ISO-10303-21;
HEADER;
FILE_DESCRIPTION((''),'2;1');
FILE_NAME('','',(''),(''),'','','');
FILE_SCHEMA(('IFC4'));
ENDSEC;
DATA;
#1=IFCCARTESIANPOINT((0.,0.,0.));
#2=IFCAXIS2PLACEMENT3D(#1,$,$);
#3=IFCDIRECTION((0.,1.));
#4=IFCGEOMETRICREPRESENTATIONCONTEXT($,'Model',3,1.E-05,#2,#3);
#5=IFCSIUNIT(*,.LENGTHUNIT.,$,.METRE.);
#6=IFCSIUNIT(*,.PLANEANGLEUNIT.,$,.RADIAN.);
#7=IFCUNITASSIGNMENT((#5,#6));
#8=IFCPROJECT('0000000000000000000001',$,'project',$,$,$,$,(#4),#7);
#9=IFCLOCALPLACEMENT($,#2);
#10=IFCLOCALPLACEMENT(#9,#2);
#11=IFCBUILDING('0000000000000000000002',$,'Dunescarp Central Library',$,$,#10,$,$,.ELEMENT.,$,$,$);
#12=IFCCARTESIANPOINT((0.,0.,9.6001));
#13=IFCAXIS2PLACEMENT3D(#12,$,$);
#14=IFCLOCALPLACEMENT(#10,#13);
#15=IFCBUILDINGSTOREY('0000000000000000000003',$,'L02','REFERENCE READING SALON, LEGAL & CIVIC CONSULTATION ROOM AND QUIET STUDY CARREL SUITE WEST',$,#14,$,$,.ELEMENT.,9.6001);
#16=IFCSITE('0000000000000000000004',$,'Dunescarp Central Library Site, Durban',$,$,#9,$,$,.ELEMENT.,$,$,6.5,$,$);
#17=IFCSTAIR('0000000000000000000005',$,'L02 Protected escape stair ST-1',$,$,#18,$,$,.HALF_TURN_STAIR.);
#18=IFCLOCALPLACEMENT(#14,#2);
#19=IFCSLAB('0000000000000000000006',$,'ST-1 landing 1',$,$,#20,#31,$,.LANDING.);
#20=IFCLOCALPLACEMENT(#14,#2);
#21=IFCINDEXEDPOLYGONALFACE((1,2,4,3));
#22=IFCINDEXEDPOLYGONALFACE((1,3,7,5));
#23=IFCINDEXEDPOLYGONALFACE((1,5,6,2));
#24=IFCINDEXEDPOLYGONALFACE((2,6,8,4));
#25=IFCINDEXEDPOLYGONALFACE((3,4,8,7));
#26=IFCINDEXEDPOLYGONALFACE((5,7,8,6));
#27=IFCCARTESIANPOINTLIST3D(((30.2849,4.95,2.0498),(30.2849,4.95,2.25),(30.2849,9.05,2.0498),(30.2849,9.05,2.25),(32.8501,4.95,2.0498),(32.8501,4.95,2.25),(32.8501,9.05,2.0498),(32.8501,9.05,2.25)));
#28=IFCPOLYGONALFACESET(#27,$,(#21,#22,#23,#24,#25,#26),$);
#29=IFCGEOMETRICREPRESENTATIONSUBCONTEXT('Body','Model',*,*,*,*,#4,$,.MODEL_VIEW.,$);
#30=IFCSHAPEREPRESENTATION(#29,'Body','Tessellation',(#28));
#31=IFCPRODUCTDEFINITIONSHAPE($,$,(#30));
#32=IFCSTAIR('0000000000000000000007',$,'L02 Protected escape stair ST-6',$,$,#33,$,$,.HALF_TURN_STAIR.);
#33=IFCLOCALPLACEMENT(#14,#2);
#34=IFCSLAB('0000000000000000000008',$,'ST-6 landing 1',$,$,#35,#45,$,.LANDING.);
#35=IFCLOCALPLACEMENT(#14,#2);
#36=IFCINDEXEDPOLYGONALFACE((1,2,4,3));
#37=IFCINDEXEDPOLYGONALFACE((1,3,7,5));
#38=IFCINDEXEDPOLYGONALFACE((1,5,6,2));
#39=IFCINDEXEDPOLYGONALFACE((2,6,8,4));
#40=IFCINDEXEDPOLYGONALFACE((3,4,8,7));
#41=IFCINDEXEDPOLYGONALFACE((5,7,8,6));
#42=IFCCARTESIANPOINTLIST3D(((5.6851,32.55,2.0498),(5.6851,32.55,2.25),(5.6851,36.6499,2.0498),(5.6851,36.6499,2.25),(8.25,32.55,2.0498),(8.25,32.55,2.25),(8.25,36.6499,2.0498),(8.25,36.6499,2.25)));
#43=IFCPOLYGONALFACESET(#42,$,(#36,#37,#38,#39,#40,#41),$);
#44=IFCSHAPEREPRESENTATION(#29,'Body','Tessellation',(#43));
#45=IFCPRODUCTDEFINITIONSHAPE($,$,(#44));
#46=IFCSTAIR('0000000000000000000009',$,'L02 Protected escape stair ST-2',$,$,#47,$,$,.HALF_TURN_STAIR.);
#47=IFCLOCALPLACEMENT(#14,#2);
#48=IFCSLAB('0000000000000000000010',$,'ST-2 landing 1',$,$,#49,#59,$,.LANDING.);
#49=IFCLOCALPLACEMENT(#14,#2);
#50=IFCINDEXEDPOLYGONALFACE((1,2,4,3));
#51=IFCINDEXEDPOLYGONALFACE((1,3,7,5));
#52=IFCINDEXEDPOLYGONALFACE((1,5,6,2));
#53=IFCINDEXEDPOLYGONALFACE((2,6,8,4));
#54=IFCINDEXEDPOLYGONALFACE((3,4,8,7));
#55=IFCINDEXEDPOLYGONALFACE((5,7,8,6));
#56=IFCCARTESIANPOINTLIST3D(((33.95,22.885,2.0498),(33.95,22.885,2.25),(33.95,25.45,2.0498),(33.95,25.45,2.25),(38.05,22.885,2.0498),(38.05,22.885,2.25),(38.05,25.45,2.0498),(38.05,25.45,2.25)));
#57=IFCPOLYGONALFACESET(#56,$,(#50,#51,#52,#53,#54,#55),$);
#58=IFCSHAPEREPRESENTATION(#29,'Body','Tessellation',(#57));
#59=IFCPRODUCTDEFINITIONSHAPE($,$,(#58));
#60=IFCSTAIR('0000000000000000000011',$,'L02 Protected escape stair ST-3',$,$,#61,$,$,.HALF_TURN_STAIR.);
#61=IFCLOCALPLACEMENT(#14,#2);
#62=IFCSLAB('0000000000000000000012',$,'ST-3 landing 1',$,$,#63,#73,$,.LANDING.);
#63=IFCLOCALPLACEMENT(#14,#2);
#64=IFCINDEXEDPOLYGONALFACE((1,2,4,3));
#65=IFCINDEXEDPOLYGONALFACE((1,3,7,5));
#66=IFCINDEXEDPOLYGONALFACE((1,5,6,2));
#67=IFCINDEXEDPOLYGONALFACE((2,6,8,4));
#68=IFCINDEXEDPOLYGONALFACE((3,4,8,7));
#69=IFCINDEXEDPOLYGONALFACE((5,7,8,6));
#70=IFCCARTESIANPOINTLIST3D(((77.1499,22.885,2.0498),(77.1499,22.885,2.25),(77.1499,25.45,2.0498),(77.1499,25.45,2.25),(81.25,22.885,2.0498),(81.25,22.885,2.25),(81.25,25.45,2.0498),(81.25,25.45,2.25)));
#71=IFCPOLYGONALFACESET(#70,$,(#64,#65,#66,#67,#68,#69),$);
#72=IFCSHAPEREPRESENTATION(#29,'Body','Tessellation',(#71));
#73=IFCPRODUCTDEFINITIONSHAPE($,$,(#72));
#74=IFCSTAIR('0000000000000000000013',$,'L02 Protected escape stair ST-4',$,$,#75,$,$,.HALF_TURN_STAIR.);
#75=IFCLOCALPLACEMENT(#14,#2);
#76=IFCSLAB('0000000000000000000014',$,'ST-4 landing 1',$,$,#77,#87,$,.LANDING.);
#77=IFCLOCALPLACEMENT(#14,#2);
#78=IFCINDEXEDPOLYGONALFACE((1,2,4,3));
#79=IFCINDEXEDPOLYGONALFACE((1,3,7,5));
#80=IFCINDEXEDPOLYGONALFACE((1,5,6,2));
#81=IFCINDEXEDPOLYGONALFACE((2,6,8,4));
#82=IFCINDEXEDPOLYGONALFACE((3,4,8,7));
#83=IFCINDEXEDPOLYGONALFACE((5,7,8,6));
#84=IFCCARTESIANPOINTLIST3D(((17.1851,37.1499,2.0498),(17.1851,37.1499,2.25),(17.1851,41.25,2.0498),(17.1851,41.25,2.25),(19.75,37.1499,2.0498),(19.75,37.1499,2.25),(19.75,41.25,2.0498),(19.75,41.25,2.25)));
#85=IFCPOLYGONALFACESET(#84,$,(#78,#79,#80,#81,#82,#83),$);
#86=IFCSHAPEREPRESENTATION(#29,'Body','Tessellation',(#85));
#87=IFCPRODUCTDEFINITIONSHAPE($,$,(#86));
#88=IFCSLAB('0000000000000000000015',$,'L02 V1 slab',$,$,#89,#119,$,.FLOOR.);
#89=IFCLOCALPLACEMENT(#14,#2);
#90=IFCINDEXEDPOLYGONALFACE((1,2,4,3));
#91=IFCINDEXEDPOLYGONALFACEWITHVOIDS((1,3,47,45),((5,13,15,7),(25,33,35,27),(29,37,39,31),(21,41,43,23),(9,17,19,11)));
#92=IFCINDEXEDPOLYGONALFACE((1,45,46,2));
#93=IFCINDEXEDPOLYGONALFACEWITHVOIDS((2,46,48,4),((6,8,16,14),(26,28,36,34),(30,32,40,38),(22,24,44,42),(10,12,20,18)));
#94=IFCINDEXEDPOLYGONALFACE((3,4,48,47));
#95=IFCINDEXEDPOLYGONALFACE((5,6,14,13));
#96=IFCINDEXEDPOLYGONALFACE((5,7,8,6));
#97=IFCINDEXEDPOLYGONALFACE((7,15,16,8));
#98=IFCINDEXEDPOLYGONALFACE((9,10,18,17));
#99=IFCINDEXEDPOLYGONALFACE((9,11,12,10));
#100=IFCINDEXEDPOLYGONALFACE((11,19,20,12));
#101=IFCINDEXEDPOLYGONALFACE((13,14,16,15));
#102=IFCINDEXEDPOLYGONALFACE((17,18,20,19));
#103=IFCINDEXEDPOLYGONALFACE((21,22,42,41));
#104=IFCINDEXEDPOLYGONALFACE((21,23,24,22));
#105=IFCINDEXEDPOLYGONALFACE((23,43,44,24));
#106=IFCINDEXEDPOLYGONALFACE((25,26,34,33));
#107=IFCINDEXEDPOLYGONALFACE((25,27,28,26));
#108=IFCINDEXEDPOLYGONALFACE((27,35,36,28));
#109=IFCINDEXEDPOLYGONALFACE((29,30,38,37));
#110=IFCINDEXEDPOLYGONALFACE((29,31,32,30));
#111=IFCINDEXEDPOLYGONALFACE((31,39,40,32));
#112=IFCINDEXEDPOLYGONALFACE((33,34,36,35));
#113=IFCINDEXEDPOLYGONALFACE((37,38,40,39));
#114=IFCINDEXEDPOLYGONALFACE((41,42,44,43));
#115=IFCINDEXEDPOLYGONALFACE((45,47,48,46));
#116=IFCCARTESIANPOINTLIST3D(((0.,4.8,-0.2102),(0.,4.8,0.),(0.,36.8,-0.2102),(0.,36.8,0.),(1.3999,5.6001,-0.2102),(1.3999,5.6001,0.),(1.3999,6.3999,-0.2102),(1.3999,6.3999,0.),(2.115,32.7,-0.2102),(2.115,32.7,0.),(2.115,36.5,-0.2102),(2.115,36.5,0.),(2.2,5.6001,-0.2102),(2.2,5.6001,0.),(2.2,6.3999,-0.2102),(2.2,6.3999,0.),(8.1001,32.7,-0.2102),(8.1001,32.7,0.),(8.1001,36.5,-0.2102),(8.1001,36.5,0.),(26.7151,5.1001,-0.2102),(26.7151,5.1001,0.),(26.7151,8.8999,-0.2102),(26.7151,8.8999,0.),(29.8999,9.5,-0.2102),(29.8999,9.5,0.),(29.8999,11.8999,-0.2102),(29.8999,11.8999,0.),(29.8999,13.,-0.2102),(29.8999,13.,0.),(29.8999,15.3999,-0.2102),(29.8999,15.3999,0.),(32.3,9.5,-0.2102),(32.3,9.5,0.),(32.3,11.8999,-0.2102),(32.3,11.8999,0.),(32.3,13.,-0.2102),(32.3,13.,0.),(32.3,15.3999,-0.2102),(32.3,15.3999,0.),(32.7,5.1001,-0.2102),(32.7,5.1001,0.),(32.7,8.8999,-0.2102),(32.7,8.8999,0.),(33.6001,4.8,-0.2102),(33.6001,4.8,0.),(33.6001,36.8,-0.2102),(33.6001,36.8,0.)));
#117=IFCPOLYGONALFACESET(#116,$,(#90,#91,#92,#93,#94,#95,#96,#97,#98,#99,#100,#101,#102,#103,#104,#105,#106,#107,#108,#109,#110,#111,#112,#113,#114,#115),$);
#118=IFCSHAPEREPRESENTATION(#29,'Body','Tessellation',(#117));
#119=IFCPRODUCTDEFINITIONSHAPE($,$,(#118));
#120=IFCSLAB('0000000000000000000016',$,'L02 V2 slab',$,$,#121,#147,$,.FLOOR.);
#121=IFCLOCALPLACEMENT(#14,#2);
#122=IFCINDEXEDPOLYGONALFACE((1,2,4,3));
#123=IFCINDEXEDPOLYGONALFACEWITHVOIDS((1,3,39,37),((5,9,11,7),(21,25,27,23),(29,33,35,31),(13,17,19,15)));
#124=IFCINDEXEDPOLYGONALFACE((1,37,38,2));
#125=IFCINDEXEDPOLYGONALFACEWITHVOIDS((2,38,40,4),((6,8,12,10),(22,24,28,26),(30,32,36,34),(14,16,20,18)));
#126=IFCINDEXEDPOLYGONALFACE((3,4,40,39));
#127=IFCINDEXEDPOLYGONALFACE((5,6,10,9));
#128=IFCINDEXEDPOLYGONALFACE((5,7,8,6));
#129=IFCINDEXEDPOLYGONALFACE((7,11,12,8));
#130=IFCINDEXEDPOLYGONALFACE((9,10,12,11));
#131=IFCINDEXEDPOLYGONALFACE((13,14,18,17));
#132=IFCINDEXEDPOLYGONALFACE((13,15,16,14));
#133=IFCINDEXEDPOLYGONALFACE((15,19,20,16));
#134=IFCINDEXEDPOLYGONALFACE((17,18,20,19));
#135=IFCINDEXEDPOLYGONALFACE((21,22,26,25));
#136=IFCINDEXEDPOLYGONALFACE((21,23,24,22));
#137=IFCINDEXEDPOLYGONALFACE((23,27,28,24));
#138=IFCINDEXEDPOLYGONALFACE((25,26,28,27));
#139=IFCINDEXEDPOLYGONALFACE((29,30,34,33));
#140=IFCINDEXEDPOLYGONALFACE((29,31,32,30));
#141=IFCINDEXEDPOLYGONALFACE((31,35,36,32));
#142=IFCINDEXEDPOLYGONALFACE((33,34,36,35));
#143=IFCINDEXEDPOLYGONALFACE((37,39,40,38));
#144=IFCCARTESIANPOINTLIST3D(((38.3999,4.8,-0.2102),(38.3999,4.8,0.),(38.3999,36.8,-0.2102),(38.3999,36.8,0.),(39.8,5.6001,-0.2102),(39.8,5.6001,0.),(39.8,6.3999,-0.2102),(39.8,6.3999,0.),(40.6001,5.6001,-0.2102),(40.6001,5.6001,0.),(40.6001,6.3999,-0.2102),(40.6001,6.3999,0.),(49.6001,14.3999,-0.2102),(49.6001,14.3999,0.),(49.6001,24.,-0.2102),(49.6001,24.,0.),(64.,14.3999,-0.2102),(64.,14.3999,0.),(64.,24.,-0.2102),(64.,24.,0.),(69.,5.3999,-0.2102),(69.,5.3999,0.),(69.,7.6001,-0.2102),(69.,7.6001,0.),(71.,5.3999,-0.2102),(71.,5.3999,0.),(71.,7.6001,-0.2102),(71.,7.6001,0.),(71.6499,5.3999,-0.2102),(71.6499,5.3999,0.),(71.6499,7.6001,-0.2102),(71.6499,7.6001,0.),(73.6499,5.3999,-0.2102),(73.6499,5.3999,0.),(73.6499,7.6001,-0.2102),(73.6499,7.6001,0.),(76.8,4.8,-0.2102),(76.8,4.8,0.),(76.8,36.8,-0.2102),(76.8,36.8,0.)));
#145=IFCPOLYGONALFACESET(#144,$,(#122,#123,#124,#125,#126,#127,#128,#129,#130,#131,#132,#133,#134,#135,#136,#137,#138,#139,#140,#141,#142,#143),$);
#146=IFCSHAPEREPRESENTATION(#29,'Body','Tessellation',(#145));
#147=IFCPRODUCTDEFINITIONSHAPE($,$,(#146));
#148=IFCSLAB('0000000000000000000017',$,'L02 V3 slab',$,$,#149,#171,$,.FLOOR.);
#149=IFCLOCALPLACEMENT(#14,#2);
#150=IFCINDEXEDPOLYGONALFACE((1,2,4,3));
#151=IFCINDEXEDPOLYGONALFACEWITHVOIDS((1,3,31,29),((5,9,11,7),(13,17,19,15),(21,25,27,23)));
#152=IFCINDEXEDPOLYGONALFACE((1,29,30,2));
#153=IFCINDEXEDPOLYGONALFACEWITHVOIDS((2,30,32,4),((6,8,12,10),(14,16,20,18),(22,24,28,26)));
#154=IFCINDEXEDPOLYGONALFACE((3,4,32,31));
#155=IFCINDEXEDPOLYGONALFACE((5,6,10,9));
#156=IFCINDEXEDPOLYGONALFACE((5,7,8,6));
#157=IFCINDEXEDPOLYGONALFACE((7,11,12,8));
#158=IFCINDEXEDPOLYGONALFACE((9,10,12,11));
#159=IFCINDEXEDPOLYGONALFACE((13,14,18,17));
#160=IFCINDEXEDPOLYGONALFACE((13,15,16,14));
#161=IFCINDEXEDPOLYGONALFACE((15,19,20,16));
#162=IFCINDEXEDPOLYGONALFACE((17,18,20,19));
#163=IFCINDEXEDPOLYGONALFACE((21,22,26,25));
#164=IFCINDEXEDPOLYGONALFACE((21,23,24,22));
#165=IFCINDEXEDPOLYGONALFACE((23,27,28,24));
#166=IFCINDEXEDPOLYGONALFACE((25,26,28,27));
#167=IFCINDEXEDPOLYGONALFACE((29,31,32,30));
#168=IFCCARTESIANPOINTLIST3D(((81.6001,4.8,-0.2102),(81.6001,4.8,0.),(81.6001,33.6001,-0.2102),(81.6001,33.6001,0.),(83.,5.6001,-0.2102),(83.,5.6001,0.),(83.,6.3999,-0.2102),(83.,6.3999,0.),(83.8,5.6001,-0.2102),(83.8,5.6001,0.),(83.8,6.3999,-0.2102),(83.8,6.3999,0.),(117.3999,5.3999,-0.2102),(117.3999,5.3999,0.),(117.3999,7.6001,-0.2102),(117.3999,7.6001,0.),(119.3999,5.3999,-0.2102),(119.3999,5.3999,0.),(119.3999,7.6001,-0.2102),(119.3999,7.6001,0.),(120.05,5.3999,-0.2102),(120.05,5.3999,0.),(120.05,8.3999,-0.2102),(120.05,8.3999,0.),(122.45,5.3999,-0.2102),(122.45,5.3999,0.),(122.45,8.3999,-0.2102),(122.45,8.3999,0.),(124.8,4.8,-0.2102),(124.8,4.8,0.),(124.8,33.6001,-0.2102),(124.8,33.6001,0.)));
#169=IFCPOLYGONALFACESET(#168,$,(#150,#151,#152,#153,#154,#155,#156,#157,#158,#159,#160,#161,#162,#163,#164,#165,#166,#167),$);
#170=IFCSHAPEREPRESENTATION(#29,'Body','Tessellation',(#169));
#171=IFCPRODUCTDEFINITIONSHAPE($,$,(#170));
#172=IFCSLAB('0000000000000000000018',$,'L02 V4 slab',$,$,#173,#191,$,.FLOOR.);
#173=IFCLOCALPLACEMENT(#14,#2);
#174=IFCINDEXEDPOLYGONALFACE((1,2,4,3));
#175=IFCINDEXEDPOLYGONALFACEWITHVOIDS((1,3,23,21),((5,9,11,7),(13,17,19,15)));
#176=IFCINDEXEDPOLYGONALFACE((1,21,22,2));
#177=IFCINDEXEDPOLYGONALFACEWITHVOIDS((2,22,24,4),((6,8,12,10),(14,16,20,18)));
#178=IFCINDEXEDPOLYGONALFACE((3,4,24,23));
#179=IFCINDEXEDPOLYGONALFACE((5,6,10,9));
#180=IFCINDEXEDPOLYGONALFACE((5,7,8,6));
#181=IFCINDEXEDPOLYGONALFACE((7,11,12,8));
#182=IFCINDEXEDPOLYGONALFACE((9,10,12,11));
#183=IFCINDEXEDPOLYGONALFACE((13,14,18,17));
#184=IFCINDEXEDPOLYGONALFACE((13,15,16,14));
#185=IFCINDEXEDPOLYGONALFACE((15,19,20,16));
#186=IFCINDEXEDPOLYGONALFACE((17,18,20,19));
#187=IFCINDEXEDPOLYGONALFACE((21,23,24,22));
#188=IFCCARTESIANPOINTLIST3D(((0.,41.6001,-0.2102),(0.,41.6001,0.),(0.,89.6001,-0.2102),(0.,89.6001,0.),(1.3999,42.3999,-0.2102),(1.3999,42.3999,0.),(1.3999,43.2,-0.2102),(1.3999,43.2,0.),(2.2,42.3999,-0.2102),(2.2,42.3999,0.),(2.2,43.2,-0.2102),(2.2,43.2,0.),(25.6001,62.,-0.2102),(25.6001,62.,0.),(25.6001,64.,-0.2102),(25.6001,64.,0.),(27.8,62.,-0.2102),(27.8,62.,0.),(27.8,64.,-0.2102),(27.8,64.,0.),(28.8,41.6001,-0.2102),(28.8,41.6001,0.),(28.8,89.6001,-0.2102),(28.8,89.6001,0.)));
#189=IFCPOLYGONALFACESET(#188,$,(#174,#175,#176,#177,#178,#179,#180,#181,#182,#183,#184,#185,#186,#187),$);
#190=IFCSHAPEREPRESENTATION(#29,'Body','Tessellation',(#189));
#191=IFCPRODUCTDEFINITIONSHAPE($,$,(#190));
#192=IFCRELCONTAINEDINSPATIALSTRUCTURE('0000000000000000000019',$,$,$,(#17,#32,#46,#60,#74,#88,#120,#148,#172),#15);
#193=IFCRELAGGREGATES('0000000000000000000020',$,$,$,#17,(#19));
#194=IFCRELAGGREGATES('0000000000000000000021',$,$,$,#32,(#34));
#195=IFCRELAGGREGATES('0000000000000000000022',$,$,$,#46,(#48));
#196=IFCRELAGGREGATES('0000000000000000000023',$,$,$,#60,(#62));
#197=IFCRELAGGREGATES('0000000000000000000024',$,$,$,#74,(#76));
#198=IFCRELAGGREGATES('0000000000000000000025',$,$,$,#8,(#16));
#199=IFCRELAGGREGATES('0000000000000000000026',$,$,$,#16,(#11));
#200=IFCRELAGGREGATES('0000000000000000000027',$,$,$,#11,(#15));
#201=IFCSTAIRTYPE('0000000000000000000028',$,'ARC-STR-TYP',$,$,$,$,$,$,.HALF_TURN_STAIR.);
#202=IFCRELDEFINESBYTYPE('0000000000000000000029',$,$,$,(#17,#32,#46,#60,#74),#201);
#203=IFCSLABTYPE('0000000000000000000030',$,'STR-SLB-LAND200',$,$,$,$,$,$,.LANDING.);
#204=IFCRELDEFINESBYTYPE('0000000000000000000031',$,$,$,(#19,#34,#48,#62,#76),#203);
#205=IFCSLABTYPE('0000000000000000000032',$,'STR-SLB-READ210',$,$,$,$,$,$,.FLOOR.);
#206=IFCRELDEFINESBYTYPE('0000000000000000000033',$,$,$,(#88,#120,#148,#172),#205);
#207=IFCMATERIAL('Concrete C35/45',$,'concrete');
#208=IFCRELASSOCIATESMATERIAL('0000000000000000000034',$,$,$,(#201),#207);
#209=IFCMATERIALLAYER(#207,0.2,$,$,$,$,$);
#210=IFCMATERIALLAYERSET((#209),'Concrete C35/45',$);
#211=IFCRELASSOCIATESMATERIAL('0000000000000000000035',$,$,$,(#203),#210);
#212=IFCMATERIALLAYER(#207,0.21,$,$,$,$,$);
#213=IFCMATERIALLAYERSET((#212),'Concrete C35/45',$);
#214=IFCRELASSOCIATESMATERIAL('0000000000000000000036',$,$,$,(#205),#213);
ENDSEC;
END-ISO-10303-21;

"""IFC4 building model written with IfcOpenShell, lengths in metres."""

from ifc_helpers import new_model, si_unit, direction, frame, origin, place, context, subcontext, project, spatial, polyline, outline, extrude, material, layer, layer_set, type_object, element, aggregate, save


model = new_model("IFC4")

# Units and contexts
model_context = context("Model", 3, precision=1e-05, world=origin(), true_north=direction((0.0, 1.0)))
body_context = subcontext(model_context, "Body", "Model", "MODEL_VIEW")
ifc_project = project(units=[si_unit("LENGTHUNIT", "METRE"), si_unit("PLANEANGLEUNIT", "RADIAN")], contexts=[model_context])

# Site, building, storey
site_placement = place(None, origin())
site = spatial("IfcSite", under=ifc_project, at=site_placement, Name="Dunescarp Central Library Site, Durban", CompositionType="ELEMENT", RefElevation=6.5)
building_placement = place(site_placement, origin())
building = spatial("IfcBuilding", under=site, at=building_placement, Name="Dunescarp Central Library", CompositionType="ELEMENT")
storey_placement = place(building_placement, frame((0.0, 0.0, 9.6001)))
storey = spatial("IfcBuildingStorey", under=building, at=storey_placement, Name="L02", Description="REFERENCE READING SALON, LEGAL & CIVIC CONSULTATION ROOM AND QUIET STUDY CARREL SUITE WEST", CompositionType="ELEMENT", Elevation=9.6001)

# Stairs, slabs
ifc_material_1 = material(Name="Concrete C35/45", Category="concrete")
stair_type = type_object("IfcStairType", Name="ARC-STR-TYP", PredefinedType="HALF_TURN_STAIR", material=ifc_material_1)
stair_1_placement = place(storey_placement, origin())
stair_1 = element("IfcStair", 1, at=stair_1_placement, inside=storey, type_object=stair_type, Name="L02 Protected escape stair ST-1", PredefinedType="HALF_TURN_STAIR")
ifc_layer_1 = layer(ifc_material_1, 0.2)
ifc_layer_set_1 = layer_set([ifc_layer_1], Name="Concrete C35/45")
slab_type_1 = type_object("IfcSlabType", Name="STR-SLB-LAND200", PredefinedType="LANDING", material=ifc_layer_set_1)
slab_1_placement = place(storey_placement, frame((0.0, 0.0, 2.0498)))
slab_1 = element("IfcSlab", 2, at=slab_1_placement, type_object=slab_type_1, Name="ST-1 landing 1", PredefinedType="LANDING", context=body_context, shape_type="SweptSolid", body=[
    extrude(outline(polyline([(30.2849, 4.95), (32.8501, 4.95), (32.8501, 9.05), (30.2849, 9.05), (30.2849, 4.95)])), origin(), (0.0, 0.0, 1.0), 0.2002),
])
aggregate(stair_1, [slab_1])
stair_2_placement = place(storey_placement, origin())
stair_2 = element("IfcStair", 3, at=stair_2_placement, inside=storey, type_object=stair_type, Name="L02 Protected escape stair ST-6", PredefinedType="HALF_TURN_STAIR")
slab_2_placement = place(storey_placement, frame((0.0, 0.0, 2.0498)))
slab_2 = element("IfcSlab", 4, at=slab_2_placement, type_object=slab_type_1, Name="ST-6 landing 1", PredefinedType="LANDING", context=body_context, shape_type="SweptSolid", body=[
    extrude(outline(polyline([(5.6851, 32.55), (8.25, 32.55), (8.25, 36.6499), (5.6851, 36.6499), (5.6851, 32.55)])), origin(), (0.0, 0.0, 1.0), 0.2002),
])
aggregate(stair_2, [slab_2])
stair_3_placement = place(storey_placement, origin())
stair_3 = element("IfcStair", 5, at=stair_3_placement, inside=storey, type_object=stair_type, Name="L02 Protected escape stair ST-2", PredefinedType="HALF_TURN_STAIR")
slab_3_placement = place(storey_placement, frame((0.0, 0.0, 2.0498)))
slab_3 = element("IfcSlab", 6, at=slab_3_placement, type_object=slab_type_1, Name="ST-2 landing 1", PredefinedType="LANDING", context=body_context, shape_type="SweptSolid", body=[
    extrude(outline(polyline([(33.95, 22.885), (38.05, 22.885), (38.05, 25.45), (33.95, 25.45), (33.95, 22.885)])), origin(), (0.0, 0.0, 1.0), 0.2002),
])
aggregate(stair_3, [slab_3])
stair_4_placement = place(storey_placement, origin())
stair_4 = element("IfcStair", 7, at=stair_4_placement, inside=storey, type_object=stair_type, Name="L02 Protected escape stair ST-3", PredefinedType="HALF_TURN_STAIR")
slab_4_placement = place(storey_placement, frame((0.0, 0.0, 2.0498)))
slab_4 = element("IfcSlab", 8, at=slab_4_placement, type_object=slab_type_1, Name="ST-3 landing 1", PredefinedType="LANDING", context=body_context, shape_type="SweptSolid", body=[
    extrude(outline(polyline([(77.1499, 22.885), (81.25, 22.885), (81.25, 25.45), (77.1499, 25.45), (77.1499, 22.885)])), origin(), (0.0, 0.0, 1.0), 0.2002),
])
aggregate(stair_4, [slab_4])
stair_5_placement = place(storey_placement, origin())
stair_5 = element("IfcStair", 9, at=stair_5_placement, inside=storey, type_object=stair_type, Name="L02 Protected escape stair ST-4", PredefinedType="HALF_TURN_STAIR")
slab_5_placement = place(storey_placement, frame((0.0, 0.0, 2.0498)))
slab_5 = element("IfcSlab", 10, at=slab_5_placement, type_object=slab_type_1, Name="ST-4 landing 1", PredefinedType="LANDING", context=body_context, shape_type="SweptSolid", body=[
    extrude(outline(polyline([(17.1851, 37.1499), (19.75, 37.1499), (19.75, 41.25), (17.1851, 41.25), (17.1851, 37.1499)])), origin(), (0.0, 0.0, 1.0), 0.2002),
])
aggregate(stair_5, [slab_5])

# Slabs
ifc_layer_2 = layer(ifc_material_1, 0.21)
ifc_layer_set_2 = layer_set([ifc_layer_2], Name="Concrete C35/45")
slab_type_2 = type_object("IfcSlabType", Name="STR-SLB-READ210", PredefinedType="FLOOR", material=ifc_layer_set_2)
slab_6_placement = place(storey_placement, frame((0.0, 0.0, -0.2102)))
element("IfcSlab", 11, at=slab_6_placement, inside=storey, type_object=slab_type_2, Name="L02 V1 slab", PredefinedType="FLOOR", context=body_context, shape_type="SweptSolid", body=[
    extrude(outline(polyline([(0.0, 4.8), (33.6001, 4.8), (33.6001, 36.8), (0.0, 36.8), (0.0, 4.8)]), holes=[polyline([(26.7151, 5.1001), (32.7, 5.1001), (32.7, 8.8999), (26.7151, 8.8999), (26.7151, 5.1001)]), polyline([(2.115, 32.7), (8.1001, 32.7), (8.1001, 36.5), (2.115, 36.5), (2.115, 32.7)]), polyline([(29.8999, 9.5), (32.3, 9.5), (32.3, 11.8999), (29.8999, 11.8999), (29.8999, 9.5)]), polyline([(29.8999, 13.0), (32.3, 13.0), (32.3, 15.3999), (29.8999, 15.3999), (29.8999, 13.0)]), polyline([(1.3999, 5.6001), (2.2, 5.6001), (2.2, 6.3999), (1.3999, 6.3999), (1.3999, 5.6001)])]), origin(), (0.0, 0.0, 1.0), 0.2102),
])
slab_7_placement = place(storey_placement, frame((0.0, 0.0, -0.2102)))
element("IfcSlab", 12, at=slab_7_placement, inside=storey, type_object=slab_type_2, Name="L02 V2 slab", PredefinedType="FLOOR", context=body_context, shape_type="SweptSolid", body=[
    extrude(outline(polyline([(38.3999, 4.8), (76.8, 4.8), (76.8, 36.8), (38.3999, 36.8), (38.3999, 4.8)]), holes=[polyline([(69.0, 5.3999), (71.0, 5.3999), (71.0, 7.6001), (69.0, 7.6001), (69.0, 5.3999)]), polyline([(71.6499, 5.3999), (73.6499, 5.3999), (73.6499, 7.6001), (71.6499, 7.6001), (71.6499, 5.3999)]), polyline([(49.6001, 14.3999), (64.0, 14.3999), (64.0, 24.0), (49.6001, 24.0), (49.6001, 14.3999)]), polyline([(39.8, 5.6001), (40.6001, 5.6001), (40.6001, 6.3999), (39.8, 6.3999), (39.8, 5.6001)])]), origin(), (0.0, 0.0, 1.0), 0.2102),
])
slab_8_placement = place(storey_placement, frame((0.0, 0.0, -0.2102)))
element("IfcSlab", 13, at=slab_8_placement, inside=storey, type_object=slab_type_2, Name="L02 V3 slab", PredefinedType="FLOOR", context=body_context, shape_type="SweptSolid", body=[
    extrude(outline(polyline([(81.6001, 4.8), (124.8, 4.8), (124.8, 33.6001), (81.6001, 33.6001), (81.6001, 4.8)]), holes=[polyline([(117.3999, 5.3999), (119.3999, 5.3999), (119.3999, 7.6001), (117.3999, 7.6001), (117.3999, 5.3999)]), polyline([(120.05, 5.3999), (122.45, 5.3999), (122.45, 8.3999), (120.05, 8.3999), (120.05, 5.3999)]), polyline([(83.0, 5.6001), (83.8, 5.6001), (83.8, 6.3999), (83.0, 6.3999), (83.0, 5.6001)])]), origin(), (0.0, 0.0, 1.0), 0.2102),
])
slab_9_placement = place(storey_placement, frame((0.0, 0.0, -0.2102)))
element("IfcSlab", 14, at=slab_9_placement, inside=storey, type_object=slab_type_2, Name="L02 V4 slab", PredefinedType="FLOOR", context=body_context, shape_type="SweptSolid", body=[
    extrude(outline(polyline([(0.0, 41.6001), (28.8, 41.6001), (28.8, 89.6001), (0.0, 89.6001), (0.0, 41.6001)]), holes=[polyline([(25.6001, 62.0), (27.8, 62.0), (27.8, 64.0), (25.6001, 64.0), (25.6001, 62.0)]), polyline([(1.3999, 42.3999), (2.2, 42.3999), (2.2, 43.2), (1.3999, 43.2), (1.3999, 42.3999)])]), origin(), (0.0, 0.0, 1.0), 0.2102),
])

save(model, "model.ifc")
